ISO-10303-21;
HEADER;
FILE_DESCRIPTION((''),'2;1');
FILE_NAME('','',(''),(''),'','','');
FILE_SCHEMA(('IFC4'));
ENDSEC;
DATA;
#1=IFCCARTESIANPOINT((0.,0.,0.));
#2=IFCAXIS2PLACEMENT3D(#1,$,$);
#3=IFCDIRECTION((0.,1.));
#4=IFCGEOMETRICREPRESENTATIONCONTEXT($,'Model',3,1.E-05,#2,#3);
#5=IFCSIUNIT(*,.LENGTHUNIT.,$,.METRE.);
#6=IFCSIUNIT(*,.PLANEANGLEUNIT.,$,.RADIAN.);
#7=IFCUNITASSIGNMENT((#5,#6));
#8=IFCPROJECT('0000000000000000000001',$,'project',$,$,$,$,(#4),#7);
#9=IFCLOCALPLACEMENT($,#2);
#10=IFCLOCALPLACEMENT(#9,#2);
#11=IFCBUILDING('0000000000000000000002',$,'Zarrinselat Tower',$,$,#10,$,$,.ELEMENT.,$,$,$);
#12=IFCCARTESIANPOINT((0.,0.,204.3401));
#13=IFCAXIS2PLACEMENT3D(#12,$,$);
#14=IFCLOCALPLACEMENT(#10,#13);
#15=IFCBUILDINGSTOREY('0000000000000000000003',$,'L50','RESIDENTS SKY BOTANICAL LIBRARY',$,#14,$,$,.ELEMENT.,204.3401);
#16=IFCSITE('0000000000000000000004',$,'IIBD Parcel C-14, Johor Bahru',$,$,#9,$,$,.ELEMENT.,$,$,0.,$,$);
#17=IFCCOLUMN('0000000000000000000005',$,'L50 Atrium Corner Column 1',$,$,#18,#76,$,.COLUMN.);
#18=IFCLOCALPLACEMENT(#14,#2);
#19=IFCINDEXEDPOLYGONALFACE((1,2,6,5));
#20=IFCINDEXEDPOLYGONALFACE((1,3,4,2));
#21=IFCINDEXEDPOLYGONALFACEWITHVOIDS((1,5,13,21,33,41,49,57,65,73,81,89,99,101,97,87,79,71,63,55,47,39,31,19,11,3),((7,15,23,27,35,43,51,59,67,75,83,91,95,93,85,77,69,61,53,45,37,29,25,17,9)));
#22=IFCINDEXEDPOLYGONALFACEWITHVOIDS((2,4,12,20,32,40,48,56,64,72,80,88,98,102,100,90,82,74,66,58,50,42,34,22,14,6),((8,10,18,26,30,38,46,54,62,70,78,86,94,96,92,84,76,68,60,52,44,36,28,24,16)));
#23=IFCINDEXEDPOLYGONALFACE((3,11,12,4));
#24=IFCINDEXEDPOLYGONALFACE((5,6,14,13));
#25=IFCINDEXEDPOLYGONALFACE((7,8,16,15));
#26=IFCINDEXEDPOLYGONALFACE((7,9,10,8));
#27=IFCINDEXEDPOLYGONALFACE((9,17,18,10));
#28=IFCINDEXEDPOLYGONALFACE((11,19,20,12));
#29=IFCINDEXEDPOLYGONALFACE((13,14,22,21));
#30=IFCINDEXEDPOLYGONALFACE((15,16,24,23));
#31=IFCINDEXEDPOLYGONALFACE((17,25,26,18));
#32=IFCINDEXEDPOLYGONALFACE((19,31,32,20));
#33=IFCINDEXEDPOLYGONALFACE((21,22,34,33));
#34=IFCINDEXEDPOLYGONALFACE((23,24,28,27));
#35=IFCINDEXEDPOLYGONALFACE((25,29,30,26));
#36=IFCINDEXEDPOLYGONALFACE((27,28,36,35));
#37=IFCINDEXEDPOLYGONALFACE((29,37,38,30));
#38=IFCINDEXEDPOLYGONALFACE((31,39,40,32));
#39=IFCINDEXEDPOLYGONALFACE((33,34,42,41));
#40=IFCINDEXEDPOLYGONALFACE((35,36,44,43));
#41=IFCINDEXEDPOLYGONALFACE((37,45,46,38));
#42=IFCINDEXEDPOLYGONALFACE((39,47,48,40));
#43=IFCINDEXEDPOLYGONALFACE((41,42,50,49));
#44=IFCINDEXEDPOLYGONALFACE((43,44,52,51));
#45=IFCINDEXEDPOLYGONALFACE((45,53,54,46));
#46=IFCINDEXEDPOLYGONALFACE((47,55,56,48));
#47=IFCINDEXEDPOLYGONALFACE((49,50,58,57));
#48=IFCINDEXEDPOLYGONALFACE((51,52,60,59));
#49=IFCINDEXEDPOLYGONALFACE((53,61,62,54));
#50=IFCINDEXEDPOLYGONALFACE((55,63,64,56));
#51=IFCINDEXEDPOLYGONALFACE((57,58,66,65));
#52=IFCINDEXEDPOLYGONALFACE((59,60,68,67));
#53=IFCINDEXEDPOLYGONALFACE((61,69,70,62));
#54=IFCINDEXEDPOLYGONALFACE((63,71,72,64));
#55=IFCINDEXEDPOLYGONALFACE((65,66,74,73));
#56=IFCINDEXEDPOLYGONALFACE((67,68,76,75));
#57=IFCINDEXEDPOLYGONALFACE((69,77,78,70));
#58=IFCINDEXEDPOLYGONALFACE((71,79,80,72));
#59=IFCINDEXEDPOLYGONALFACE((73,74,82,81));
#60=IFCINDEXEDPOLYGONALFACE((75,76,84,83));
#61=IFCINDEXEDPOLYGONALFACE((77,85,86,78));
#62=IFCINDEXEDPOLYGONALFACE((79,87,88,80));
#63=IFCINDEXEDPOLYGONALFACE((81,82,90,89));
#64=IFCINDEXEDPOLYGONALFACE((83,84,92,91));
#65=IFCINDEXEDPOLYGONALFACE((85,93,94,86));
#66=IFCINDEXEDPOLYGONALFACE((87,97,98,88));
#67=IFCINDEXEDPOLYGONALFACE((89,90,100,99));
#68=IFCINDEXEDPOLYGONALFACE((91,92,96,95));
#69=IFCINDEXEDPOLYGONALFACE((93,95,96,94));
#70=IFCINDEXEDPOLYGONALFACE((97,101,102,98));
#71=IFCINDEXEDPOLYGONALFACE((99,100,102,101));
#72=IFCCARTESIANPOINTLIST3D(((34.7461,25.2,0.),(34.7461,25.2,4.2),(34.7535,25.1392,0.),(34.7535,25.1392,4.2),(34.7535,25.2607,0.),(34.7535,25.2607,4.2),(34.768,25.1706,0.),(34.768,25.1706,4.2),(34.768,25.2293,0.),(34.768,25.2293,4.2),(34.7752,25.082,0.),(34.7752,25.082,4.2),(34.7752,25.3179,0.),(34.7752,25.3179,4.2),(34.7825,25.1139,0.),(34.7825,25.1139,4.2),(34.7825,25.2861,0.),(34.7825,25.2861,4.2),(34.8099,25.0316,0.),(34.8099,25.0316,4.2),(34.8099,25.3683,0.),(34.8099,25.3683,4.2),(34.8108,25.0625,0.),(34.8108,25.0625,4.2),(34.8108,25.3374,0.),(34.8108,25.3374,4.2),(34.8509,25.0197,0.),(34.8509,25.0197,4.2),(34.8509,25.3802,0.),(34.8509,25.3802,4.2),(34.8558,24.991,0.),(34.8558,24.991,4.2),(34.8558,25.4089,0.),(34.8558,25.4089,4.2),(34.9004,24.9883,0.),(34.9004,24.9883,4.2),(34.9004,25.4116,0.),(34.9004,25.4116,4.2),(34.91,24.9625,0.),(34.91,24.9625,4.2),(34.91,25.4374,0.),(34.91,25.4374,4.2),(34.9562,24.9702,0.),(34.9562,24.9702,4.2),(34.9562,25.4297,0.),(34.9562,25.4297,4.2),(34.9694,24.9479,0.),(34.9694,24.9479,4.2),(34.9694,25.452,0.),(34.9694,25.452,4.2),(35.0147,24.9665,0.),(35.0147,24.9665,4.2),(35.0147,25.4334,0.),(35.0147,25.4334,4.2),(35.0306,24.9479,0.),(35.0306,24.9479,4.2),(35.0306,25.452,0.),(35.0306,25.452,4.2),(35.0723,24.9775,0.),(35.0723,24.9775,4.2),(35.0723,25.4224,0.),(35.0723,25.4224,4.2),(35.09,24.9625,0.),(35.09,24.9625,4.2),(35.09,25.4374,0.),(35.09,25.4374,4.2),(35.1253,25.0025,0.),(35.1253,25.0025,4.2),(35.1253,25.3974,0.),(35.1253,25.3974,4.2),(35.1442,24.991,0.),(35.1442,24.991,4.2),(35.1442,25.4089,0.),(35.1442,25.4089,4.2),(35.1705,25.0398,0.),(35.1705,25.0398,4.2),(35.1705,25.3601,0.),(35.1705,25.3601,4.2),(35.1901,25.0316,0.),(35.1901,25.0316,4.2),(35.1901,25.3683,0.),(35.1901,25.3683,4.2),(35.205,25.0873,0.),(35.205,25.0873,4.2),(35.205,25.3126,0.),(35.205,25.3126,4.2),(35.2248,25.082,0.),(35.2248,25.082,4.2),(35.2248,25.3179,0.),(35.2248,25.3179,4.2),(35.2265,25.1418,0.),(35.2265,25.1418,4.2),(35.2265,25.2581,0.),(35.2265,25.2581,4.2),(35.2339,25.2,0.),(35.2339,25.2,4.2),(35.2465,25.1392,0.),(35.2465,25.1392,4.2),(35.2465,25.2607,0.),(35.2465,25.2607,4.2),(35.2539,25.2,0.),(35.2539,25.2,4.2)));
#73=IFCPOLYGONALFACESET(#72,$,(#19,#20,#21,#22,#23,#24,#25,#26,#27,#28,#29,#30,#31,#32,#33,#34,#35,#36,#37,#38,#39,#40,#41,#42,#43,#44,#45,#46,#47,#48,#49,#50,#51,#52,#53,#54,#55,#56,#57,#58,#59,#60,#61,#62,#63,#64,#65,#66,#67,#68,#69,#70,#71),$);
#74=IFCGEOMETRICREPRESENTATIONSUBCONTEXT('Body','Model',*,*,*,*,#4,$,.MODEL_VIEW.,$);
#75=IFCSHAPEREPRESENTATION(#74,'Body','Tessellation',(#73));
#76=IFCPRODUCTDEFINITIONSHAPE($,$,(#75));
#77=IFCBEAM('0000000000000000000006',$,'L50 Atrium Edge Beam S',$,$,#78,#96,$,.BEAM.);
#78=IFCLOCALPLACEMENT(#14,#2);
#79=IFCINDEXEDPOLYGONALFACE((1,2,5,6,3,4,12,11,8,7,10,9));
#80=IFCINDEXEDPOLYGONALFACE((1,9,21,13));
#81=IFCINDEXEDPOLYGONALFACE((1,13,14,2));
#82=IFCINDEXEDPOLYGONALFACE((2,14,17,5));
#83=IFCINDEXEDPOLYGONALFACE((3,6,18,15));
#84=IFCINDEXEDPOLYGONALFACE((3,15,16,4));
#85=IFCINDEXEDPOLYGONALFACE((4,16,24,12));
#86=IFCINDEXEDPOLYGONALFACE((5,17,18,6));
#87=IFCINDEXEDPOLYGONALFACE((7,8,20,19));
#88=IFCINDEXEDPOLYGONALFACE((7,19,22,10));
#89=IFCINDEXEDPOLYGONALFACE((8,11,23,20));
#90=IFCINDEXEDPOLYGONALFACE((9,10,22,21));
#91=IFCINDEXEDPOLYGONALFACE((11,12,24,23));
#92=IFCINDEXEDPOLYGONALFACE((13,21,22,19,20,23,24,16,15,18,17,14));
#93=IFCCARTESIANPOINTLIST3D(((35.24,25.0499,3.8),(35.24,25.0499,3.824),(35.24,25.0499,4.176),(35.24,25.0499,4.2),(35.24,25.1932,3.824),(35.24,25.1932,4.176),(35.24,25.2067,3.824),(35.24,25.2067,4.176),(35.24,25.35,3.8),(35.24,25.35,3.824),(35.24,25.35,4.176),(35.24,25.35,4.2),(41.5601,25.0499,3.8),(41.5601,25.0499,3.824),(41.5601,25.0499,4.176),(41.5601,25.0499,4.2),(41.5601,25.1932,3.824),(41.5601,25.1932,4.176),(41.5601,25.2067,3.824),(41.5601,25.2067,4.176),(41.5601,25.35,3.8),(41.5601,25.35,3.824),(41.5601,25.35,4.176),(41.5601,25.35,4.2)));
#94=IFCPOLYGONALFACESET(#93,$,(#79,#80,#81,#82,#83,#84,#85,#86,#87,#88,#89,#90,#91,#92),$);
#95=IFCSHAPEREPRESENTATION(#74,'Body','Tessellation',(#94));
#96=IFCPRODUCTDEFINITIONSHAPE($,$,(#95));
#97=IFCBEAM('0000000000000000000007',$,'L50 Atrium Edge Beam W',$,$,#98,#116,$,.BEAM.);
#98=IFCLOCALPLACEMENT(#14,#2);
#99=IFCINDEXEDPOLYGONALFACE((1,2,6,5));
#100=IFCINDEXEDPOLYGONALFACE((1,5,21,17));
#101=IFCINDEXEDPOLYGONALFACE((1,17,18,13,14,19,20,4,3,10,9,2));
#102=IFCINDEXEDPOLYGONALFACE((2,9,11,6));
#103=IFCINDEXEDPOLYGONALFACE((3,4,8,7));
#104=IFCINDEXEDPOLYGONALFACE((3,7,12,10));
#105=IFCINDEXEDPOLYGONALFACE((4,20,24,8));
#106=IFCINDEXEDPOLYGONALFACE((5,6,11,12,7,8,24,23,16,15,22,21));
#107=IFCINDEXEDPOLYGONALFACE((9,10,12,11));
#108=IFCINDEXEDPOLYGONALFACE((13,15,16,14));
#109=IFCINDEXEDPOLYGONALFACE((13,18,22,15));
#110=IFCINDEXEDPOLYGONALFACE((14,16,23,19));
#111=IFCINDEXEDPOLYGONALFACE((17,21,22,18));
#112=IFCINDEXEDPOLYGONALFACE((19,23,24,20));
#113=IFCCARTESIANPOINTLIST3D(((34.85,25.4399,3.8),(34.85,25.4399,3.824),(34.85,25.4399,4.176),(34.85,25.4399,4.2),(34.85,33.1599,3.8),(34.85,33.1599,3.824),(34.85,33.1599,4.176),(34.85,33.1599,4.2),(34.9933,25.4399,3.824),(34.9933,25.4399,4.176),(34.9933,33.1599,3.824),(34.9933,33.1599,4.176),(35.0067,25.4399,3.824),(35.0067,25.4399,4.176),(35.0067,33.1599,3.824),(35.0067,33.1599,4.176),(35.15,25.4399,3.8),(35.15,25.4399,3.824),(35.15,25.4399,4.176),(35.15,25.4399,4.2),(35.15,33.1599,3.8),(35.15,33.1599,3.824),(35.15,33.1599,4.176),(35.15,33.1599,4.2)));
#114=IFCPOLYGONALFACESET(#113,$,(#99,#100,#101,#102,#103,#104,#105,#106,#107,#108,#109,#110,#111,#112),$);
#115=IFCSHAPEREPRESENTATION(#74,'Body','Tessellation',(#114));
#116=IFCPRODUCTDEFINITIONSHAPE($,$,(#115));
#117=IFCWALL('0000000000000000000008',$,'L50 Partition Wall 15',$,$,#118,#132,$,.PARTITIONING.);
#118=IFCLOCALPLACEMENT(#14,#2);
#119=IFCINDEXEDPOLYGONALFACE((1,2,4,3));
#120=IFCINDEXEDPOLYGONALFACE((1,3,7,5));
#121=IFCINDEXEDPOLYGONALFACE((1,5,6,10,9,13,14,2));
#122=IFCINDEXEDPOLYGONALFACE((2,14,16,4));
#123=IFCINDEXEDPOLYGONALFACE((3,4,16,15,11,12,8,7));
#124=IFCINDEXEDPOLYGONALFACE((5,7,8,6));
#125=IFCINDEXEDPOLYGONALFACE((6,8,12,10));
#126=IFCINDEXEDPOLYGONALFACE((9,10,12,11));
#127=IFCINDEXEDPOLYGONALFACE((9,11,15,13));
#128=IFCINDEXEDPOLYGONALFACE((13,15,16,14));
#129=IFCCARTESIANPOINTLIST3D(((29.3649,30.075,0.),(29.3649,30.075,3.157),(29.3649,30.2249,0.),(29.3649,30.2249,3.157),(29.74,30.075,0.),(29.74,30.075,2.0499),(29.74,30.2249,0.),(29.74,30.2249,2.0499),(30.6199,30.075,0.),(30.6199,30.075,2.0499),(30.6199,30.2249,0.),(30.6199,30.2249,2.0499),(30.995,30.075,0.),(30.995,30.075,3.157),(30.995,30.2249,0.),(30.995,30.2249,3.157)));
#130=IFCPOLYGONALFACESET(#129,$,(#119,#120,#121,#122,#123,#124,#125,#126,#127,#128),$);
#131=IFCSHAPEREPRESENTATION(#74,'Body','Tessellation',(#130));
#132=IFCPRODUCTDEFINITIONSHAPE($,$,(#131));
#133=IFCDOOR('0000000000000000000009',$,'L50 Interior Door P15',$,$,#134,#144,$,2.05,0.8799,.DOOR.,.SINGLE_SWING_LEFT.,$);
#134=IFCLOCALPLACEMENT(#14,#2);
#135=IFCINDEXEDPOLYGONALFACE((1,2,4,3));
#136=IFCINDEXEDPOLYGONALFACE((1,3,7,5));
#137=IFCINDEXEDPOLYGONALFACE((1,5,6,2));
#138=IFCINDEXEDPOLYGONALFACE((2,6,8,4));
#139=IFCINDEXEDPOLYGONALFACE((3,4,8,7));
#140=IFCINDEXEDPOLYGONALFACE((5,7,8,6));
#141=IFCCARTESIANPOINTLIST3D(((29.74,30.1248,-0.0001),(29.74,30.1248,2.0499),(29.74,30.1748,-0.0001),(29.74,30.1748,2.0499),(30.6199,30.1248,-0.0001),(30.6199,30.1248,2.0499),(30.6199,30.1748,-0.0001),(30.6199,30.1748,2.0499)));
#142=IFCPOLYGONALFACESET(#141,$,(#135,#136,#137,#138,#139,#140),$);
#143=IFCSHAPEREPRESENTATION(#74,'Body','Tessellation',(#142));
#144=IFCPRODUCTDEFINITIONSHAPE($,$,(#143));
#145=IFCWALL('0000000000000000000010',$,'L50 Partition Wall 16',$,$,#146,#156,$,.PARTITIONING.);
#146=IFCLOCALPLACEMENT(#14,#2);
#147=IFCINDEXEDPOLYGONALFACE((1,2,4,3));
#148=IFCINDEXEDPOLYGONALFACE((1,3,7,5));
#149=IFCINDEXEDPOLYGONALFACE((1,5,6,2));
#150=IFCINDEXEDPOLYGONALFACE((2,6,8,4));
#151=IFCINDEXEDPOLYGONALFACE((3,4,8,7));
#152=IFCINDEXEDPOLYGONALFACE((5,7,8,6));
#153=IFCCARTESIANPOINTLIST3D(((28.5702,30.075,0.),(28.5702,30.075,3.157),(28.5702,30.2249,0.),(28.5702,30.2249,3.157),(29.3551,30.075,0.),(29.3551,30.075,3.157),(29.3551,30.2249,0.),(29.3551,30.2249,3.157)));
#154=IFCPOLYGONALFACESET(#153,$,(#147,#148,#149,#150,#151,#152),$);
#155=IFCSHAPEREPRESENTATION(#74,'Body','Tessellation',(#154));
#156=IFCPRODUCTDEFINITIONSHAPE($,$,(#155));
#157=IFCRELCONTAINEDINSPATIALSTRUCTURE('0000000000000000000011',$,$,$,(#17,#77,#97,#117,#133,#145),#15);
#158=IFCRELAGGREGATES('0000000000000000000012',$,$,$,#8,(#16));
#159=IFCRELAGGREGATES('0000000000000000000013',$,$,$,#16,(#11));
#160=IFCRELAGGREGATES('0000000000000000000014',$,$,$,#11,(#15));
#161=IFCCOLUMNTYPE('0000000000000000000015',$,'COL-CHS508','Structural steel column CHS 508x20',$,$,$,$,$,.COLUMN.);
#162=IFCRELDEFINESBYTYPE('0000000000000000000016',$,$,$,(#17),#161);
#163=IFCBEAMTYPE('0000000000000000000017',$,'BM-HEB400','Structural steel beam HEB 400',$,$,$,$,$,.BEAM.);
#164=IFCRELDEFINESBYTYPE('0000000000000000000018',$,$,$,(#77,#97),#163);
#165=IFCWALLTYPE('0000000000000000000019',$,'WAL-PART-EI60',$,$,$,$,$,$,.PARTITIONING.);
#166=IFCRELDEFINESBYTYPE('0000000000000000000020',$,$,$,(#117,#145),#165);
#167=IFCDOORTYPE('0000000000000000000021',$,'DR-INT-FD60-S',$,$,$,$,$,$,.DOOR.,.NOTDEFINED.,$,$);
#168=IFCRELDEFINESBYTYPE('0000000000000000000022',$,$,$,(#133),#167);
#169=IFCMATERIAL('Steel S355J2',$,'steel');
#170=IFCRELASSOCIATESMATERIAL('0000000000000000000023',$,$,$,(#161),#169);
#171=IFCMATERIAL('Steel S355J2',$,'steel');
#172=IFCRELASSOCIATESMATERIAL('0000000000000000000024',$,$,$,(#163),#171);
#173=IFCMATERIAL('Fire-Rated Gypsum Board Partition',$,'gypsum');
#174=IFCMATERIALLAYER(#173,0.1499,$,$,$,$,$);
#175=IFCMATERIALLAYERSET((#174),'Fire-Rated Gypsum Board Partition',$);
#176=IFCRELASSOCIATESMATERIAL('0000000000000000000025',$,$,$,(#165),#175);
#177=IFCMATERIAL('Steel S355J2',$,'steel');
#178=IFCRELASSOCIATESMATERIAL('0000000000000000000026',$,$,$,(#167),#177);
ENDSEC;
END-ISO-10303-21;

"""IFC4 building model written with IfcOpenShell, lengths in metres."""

from ifc_helpers import new_model, si_unit, direction, frame, frame_2d, origin, origin_2d, place, context, subcontext, project, spatial, rectangle, hollow_circle, i_section, extrude, material, layer, layer_set, material_profile, profile_set, type_object, element, fill, save


model = new_model("IFC4")

# Units and contexts
model_context = context("Model", 3, precision=1e-05, world=origin(), true_north=direction((0.0, 1.0)))
body_context = subcontext(model_context, "Body", "Model", "MODEL_VIEW")
ifc_project = project(units=[si_unit("LENGTHUNIT", "METRE"), si_unit("PLANEANGLEUNIT", "RADIAN")], contexts=[model_context])

# Site, building, storey
site_placement = place(None, origin())
site = spatial("IfcSite", under=ifc_project, at=site_placement, Name="IIBD Parcel C-14, Johor Bahru", CompositionType="ELEMENT", RefElevation=0.0)
building_placement = place(site_placement, origin())
building = spatial("IfcBuilding", under=site, at=building_placement, Name="Zarrinselat Tower", CompositionType="ELEMENT")
storey_placement = place(building_placement, frame((0.0, 0.0, 204.3401)))
storey = spatial("IfcBuildingStorey", under=building, at=storey_placement, Name="L50", Description="RESIDENTS SKY BOTANICAL LIBRARY", CompositionType="ELEMENT", Elevation=204.3401)

# Column
ifc_material_1 = material(Name="Steel S355J2", Category="steel")
ifc_material_profile_1 = material_profile(ifc_material_1, hollow_circle(Radius=0.2539, WallThickness=0.02, at=origin_2d()), Name="CHS 508x20")
ifc_profile_set_1 = profile_set([ifc_material_profile_1], Name="Steel S355J2")
column_type = type_object("IfcColumnType", Name="COL-CHS508", Description="Structural steel column CHS 508x20", PredefinedType="COLUMN", material=ifc_profile_set_1)
column_placement = place(storey_placement, frame((35.0, 25.2, 0.0), z_axis=(0.0, 0.0, 1.0), x_axis=(1.0, 0.0, 0.0)))
element("IfcColumn", 1, at=column_placement, inside=storey, type_object=column_type, Name="L50 Atrium Corner Column 1", PredefinedType="COLUMN", context=body_context, shape_type="SweptSolid", body=[
    extrude(hollow_circle(Radius=0.2539, WallThickness=0.02, at=origin_2d()), origin(), (0.0, 0.0, 1.0), 4.2),
])

# Beams
ifc_material_2 = material(Name="Steel S355J2", Category="steel")
ifc_material_profile_2 = material_profile(ifc_material_2, i_section(OverallWidth=0.3, OverallDepth=0.3999, WebThickness=0.0134, FlangeThickness=0.0239, at=origin_2d()), Name="HEB 400")
ifc_profile_set_2 = profile_set([ifc_material_profile_2], Name="Steel S355J2")
beam_type = type_object("IfcBeamType", Name="BM-HEB400", Description="Structural steel beam HEB 400", PredefinedType="BEAM", material=ifc_profile_set_2)
beam_1_placement = place(storey_placement, frame((35.24, 25.2, 4.0), z_axis=(1.0, 0.0, 0.0), x_axis=(0.0, 1.0, 0.0)))
element("IfcBeam", 2, at=beam_1_placement, inside=storey, type_object=beam_type, Name="L50 Atrium Edge Beam S", PredefinedType="BEAM", context=body_context, shape_type="SweptSolid", body=[
    extrude(i_section(OverallWidth=0.3, OverallDepth=0.3999, WebThickness=0.0134, FlangeThickness=0.0239, at=origin_2d()), origin(), (0.0, 0.0, 1.0), 6.3201),
])
beam_2_placement = place(storey_placement, frame((35.0, 25.4399, 4.0), z_axis=(0.0, 1.0, 0.0), x_axis=(-1.0, 0.0, 0.0)))
element("IfcBeam", 3, at=beam_2_placement, inside=storey, type_object=beam_type, Name="L50 Atrium Edge Beam W", PredefinedType="BEAM", context=body_context, shape_type="SweptSolid", body=[
    extrude(i_section(OverallWidth=0.3, OverallDepth=0.3999, WebThickness=0.0134, FlangeThickness=0.0239, at=origin_2d()), origin(), (0.0, 0.0, 1.0), 7.72),
])

# Wall, opening, door
ifc_material_3 = material(Name="Fire-Rated Gypsum Board Partition", Category="gypsum")
ifc_layer_1 = layer(ifc_material_3, 0.1499)
ifc_layer_set_1 = layer_set([ifc_layer_1], Name="Fire-Rated Gypsum Board Partition")
wall_type_1 = type_object("IfcWallType", Name="WAL-PART-EI60", PredefinedType="PARTITIONING", material=ifc_layer_set_1)
wall_1_placement = place(storey_placement, frame((29.365, 30.1499, 0.0), z_axis=(0.0, 0.0, 1.0), x_axis=(1.0, 0.0, 0.0)))
wall_1 = element("IfcWall", 4, at=wall_1_placement, inside=storey, type_object=wall_type_1, Name="L50 Partition Wall 15", PredefinedType="PARTITIONING", context=body_context, shape_type="SweptSolid", body=[
    extrude(rectangle(XDim=1.6301, YDim=0.1499, at=frame_2d((0.8149, 0.0))), origin(), (0.0, 0.0, 1.0), 3.157),
])
opening_1_placement = place(wall_1_placement, frame((0.375, 0.0, 0.0)))
opening_1 = element("IfcOpeningElement", 5, at=opening_1_placement, cuts=wall_1, PredefinedType="OPENING", context=body_context, shape_type="SweptSolid", body=[
    extrude(rectangle(XDim=0.8799, YDim=2.05, at=frame_2d((0.4399, 1.0249))), frame((0.0, 0.085, 0.0), z_axis=(0.0, -1.0, 0.0), x_axis=(1.0, 0.0, 0.0)), (0.0, 0.0, 1.0), 0.1699),
])
ifc_material_4 = material(Name="Steel S355J2", Category="steel")
door_type_1 = type_object("IfcDoorType", Name="DR-INT-FD60-S", OperationType="NOTDEFINED", PredefinedType="DOOR", material=ifc_material_4)
door_1_placement = place(opening_1_placement, origin())
door_1 = element("IfcDoor", 6, at=door_1_placement, inside=storey, type_object=door_type_1, Name="L50 Interior Door P15", OperationType="SINGLE_SWING_LEFT", OverallHeight=2.05, OverallWidth=0.8799, PredefinedType="DOOR", context=body_context, shape_type="SweptSolid", body=[
    extrude(rectangle(XDim=0.8799, YDim=2.05, at=frame_2d((0.4399, 1.0249))), frame((0.0, 0.0249, 0.0), z_axis=(0.0, -1.0, 0.0), x_axis=(1.0, 0.0, 0.0)), (0.0, 0.0, 1.0), 0.05),
])
fill(opening_1, door_1)

# Wall
wall_2_placement = place(storey_placement, frame((28.5701, 30.1499, 0.0), z_axis=(0.0, 0.0, 1.0), x_axis=(1.0, 0.0, 0.0)))
element("IfcWall", 7, at=wall_2_placement, inside=storey, type_object=wall_type_1, Name="L50 Partition Wall 16", PredefinedType="PARTITIONING", context=body_context, shape_type="SweptSolid", body=[
    extrude(rectangle(XDim=0.7849, YDim=0.1499, at=frame_2d((0.3926, 0.0))), origin(), (0.0, 0.0, 1.0), 3.157),
])

save(model, "model.ifc")
